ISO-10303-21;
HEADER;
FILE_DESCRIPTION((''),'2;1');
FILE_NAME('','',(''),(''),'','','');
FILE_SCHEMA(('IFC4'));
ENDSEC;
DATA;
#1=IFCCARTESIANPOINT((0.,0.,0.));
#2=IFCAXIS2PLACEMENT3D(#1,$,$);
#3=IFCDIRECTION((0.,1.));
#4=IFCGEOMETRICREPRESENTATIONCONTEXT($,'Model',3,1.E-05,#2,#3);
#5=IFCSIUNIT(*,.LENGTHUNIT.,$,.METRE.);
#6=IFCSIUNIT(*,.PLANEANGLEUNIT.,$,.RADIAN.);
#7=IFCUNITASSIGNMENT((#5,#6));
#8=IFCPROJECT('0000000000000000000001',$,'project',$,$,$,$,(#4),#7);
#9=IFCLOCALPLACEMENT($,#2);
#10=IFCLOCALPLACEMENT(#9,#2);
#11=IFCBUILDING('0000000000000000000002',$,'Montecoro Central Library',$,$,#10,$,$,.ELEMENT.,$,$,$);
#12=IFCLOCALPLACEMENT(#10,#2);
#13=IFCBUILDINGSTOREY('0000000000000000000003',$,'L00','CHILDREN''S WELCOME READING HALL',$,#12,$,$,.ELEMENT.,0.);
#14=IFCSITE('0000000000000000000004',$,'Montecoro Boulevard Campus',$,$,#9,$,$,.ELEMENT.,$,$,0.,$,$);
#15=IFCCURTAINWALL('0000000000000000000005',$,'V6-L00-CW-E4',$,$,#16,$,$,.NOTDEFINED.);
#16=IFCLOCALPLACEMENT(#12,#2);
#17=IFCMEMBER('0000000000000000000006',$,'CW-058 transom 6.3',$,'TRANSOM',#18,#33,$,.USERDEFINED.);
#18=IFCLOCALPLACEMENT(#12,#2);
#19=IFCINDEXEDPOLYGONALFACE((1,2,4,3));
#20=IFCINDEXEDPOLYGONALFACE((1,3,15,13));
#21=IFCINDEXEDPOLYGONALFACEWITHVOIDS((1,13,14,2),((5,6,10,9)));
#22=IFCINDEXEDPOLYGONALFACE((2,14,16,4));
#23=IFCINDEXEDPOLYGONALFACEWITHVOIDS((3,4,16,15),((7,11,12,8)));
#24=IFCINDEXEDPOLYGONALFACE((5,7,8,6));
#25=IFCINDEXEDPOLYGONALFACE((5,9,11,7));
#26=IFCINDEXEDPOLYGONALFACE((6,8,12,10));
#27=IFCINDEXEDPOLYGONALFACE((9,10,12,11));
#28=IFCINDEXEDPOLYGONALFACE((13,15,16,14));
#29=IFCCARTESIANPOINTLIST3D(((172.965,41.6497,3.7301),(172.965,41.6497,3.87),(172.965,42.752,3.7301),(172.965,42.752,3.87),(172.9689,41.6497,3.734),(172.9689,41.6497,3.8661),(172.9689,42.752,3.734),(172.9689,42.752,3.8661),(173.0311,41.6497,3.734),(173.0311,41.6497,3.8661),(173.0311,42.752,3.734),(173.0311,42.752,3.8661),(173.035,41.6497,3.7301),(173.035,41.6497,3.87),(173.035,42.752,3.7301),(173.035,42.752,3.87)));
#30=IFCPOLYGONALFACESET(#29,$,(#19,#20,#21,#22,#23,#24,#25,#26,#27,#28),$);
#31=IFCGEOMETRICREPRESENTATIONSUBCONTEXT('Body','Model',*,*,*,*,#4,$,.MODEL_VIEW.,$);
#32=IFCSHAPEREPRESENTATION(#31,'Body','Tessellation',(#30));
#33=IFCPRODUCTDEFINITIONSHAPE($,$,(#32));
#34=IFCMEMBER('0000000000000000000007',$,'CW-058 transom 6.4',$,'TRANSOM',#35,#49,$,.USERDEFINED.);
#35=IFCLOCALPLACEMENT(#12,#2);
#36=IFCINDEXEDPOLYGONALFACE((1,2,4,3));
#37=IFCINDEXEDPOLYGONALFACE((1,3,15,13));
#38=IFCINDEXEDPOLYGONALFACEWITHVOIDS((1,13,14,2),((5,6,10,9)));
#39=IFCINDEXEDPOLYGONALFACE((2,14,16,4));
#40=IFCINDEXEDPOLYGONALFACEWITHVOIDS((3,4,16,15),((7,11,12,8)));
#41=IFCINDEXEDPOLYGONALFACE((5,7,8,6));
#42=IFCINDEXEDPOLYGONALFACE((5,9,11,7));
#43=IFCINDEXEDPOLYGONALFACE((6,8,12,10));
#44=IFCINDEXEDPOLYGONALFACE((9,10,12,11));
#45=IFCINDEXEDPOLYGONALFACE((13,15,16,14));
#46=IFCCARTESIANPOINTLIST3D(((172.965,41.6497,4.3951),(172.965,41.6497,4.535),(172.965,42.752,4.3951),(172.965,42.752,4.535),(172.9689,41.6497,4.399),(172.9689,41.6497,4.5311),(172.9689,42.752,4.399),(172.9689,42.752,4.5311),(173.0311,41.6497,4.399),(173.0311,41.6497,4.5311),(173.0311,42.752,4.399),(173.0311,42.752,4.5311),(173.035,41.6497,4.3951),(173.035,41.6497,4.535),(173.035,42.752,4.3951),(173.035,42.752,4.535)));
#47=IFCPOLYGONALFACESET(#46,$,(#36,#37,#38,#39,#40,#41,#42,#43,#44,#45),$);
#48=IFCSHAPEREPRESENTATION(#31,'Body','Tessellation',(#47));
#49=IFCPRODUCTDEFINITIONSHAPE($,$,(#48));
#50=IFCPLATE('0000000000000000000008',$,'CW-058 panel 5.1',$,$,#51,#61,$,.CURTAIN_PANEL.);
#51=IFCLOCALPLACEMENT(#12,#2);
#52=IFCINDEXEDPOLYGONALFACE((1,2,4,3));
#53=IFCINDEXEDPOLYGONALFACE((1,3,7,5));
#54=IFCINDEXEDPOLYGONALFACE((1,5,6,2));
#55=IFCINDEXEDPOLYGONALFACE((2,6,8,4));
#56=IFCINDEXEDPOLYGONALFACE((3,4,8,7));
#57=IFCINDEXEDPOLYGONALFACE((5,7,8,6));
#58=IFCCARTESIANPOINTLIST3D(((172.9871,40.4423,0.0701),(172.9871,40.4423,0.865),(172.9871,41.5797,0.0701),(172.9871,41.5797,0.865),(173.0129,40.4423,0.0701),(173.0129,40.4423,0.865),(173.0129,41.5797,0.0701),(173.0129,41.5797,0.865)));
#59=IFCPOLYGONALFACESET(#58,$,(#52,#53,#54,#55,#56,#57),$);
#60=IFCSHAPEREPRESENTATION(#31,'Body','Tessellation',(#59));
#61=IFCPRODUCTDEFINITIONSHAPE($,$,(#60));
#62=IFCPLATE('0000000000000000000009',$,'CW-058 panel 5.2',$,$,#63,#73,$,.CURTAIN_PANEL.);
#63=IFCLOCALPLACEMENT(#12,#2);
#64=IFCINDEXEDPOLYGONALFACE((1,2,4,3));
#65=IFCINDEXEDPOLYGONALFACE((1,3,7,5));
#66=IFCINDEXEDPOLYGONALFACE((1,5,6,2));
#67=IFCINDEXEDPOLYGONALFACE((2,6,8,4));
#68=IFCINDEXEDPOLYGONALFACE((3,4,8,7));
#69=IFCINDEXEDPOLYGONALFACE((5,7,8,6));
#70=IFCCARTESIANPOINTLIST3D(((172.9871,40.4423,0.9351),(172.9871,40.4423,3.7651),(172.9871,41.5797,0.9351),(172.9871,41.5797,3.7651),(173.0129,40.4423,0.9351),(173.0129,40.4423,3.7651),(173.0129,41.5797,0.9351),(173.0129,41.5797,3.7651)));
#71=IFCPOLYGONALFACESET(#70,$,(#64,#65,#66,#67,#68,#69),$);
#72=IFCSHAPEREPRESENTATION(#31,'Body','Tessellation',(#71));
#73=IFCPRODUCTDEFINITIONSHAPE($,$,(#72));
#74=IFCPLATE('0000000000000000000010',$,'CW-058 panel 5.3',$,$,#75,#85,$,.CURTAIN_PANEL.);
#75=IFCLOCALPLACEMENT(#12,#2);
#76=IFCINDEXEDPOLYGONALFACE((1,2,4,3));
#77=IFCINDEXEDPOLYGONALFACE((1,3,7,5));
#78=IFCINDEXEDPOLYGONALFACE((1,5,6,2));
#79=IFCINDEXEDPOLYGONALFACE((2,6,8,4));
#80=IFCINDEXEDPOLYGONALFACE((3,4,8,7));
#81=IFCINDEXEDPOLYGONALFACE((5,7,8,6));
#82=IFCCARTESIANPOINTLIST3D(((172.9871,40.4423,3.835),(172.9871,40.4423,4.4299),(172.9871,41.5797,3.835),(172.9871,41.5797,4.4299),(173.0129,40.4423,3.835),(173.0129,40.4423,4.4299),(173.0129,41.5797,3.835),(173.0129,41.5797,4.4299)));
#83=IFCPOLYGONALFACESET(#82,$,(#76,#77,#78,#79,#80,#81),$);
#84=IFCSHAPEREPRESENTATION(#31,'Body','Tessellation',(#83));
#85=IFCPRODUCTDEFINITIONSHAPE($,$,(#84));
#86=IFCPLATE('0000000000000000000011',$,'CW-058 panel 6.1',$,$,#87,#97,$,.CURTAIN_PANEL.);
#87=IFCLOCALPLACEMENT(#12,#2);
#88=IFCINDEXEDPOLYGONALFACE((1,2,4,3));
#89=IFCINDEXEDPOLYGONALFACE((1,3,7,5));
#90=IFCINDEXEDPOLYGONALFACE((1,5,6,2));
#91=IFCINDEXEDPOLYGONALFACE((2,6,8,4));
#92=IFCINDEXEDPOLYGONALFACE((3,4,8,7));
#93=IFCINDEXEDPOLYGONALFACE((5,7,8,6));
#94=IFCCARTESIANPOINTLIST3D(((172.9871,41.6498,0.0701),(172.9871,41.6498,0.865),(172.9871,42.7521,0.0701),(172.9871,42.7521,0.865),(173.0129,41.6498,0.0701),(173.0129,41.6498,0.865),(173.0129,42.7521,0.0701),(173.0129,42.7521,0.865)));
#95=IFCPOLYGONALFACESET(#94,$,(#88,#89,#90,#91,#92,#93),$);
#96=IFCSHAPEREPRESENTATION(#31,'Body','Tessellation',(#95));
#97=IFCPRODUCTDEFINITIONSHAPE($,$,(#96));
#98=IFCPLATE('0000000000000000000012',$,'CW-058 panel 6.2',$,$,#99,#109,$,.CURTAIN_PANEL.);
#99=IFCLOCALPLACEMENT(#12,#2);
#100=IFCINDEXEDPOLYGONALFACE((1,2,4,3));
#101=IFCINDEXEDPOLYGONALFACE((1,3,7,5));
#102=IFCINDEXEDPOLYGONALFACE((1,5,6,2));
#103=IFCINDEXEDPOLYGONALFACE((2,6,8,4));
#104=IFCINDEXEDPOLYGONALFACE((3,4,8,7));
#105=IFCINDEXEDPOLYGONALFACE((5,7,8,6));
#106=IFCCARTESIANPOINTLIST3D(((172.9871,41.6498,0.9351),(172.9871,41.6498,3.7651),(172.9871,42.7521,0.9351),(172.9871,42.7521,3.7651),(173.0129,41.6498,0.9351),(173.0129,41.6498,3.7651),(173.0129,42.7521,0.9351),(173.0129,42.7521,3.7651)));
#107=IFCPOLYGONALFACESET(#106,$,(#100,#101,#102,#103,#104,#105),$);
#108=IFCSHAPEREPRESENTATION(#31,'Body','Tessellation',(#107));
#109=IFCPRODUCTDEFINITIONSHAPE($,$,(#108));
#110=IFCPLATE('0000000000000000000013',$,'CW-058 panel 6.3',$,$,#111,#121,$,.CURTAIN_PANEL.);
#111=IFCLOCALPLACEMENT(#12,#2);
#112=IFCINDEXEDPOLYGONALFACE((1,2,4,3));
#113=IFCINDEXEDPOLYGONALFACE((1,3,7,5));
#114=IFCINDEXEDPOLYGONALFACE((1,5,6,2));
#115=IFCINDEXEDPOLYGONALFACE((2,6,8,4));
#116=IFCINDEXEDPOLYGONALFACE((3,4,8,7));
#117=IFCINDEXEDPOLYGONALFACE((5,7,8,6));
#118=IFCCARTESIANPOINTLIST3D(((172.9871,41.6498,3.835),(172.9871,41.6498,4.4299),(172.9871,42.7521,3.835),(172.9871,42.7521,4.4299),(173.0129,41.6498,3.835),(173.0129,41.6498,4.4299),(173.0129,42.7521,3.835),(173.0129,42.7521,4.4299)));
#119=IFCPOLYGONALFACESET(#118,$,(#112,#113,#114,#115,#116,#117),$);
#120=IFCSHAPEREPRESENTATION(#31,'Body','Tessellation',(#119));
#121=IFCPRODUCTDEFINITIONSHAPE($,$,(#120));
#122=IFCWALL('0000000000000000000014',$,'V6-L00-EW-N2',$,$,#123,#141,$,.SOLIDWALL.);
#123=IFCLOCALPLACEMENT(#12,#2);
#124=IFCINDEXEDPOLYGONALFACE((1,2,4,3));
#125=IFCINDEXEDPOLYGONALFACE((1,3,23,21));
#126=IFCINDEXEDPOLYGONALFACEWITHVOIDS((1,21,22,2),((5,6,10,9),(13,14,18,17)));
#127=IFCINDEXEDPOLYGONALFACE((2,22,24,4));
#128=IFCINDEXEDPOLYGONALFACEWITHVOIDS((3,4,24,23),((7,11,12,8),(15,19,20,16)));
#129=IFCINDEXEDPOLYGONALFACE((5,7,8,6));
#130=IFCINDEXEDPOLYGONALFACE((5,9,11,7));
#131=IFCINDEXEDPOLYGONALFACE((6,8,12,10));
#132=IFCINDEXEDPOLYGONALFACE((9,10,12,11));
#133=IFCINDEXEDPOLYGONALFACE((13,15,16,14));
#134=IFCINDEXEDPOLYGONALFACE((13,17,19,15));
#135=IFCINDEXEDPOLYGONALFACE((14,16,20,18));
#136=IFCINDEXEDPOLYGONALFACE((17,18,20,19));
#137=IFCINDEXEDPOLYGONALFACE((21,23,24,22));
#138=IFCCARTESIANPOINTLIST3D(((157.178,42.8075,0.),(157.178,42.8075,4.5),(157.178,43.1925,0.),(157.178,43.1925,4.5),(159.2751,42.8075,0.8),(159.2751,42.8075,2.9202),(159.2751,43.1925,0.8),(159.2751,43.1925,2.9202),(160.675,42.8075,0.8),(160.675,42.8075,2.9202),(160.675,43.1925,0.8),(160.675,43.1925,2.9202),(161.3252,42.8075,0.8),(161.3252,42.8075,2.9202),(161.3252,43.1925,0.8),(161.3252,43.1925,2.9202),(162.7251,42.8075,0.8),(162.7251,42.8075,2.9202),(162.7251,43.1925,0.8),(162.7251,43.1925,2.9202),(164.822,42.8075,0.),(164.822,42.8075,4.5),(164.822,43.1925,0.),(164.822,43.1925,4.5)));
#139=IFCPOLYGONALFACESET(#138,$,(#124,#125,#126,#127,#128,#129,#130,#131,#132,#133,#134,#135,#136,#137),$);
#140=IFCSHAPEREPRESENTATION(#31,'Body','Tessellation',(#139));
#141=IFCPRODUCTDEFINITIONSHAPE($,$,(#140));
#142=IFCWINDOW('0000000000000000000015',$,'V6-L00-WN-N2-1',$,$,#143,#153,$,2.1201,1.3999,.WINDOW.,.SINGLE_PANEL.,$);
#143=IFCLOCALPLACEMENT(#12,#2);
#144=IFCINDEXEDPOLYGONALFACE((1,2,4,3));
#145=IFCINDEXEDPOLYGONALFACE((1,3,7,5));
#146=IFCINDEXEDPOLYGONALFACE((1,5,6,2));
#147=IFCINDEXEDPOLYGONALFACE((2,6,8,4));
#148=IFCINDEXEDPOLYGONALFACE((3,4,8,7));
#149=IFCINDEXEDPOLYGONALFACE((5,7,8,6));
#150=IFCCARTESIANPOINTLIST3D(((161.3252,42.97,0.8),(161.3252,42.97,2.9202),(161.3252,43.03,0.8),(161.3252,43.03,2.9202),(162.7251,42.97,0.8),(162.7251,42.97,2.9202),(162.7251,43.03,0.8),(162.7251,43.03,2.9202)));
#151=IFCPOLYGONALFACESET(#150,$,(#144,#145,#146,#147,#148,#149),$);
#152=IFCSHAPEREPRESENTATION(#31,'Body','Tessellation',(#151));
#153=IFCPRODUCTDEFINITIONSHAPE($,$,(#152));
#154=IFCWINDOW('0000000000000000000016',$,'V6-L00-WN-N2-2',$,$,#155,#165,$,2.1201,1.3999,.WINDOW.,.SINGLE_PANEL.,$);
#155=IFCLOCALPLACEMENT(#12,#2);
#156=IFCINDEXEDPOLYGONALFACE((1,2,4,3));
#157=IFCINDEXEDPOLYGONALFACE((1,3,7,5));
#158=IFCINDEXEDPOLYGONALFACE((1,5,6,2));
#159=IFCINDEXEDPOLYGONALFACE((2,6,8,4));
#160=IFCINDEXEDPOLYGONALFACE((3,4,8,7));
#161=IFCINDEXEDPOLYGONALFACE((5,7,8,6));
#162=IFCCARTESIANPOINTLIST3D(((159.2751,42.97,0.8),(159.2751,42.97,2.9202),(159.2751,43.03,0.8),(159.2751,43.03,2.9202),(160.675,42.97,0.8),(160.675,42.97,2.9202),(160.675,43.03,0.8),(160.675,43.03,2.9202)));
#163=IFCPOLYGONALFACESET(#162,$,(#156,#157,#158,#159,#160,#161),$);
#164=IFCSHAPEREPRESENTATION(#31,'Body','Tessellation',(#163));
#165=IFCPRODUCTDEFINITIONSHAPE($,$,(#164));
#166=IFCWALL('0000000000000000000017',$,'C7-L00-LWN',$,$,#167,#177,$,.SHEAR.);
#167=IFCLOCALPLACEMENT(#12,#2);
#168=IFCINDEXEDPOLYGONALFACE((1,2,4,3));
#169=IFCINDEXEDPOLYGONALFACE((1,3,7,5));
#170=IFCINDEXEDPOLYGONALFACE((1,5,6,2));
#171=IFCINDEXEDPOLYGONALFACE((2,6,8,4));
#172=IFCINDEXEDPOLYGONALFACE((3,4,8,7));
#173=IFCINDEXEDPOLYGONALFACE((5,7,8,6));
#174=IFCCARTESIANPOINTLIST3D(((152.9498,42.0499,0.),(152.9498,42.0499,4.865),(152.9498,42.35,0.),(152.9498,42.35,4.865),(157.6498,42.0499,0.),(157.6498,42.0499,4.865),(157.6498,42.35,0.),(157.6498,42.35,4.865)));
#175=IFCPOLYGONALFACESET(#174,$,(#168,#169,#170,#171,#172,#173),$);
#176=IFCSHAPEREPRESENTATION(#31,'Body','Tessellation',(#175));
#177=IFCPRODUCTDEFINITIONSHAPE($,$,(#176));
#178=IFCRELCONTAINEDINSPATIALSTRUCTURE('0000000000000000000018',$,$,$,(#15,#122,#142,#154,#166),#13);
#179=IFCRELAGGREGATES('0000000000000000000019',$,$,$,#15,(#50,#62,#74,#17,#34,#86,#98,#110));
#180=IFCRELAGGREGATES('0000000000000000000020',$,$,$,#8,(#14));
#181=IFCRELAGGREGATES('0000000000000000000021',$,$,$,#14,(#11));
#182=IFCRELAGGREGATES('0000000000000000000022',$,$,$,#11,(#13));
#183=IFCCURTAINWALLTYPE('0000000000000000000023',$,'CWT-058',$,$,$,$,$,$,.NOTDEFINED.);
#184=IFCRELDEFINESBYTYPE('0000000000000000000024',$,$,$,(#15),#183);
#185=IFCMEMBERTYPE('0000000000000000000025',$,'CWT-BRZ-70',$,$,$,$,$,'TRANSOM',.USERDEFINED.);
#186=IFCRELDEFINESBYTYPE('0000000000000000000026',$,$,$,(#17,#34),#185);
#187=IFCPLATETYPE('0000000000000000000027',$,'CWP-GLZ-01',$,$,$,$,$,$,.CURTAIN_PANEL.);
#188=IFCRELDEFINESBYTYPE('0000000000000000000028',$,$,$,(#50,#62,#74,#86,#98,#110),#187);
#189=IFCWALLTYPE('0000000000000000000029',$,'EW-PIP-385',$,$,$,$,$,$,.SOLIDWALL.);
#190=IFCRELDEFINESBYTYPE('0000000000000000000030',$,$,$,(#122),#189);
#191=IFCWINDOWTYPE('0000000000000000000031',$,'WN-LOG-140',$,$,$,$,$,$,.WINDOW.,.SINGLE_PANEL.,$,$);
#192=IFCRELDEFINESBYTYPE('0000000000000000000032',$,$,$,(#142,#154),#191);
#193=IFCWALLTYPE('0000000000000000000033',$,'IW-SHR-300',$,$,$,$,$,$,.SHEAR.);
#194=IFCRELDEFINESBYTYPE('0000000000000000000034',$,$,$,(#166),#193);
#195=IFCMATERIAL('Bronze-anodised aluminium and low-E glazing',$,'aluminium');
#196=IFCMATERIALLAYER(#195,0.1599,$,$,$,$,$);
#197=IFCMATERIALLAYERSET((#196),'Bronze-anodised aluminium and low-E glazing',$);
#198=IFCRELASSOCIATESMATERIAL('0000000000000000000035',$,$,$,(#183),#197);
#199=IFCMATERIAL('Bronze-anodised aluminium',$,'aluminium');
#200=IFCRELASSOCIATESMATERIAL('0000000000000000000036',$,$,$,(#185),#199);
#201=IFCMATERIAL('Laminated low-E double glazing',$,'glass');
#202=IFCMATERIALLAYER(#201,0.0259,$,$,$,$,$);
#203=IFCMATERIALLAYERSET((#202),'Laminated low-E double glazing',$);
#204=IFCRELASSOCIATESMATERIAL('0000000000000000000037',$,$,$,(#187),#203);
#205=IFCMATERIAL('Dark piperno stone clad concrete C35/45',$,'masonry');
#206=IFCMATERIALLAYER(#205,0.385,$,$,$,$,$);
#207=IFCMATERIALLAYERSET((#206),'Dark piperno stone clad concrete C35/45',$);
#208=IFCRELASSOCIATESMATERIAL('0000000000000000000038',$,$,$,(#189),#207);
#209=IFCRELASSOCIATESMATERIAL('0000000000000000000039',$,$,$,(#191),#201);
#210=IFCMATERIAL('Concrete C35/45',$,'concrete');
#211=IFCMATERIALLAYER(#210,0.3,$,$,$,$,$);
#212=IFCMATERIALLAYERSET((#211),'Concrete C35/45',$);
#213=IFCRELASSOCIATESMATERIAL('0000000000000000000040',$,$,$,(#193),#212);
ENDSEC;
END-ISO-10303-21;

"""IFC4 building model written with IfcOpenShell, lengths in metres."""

from ifc_helpers import new_model, si_unit, direction, frame, frame_2d, origin, origin_2d, place, context, subcontext, project, spatial, rectangle, hollow_rectangle, extrude, material, layer, layer_set, material_profile, profile_set, type_object, element, fill, aggregate, save


model = new_model("IFC4")

# Units and contexts
model_context = context("Model", 3, precision=1e-05, world=origin(), true_north=direction((0.0, 1.0)))
body_context = subcontext(model_context, "Body", "Model", "MODEL_VIEW")
ifc_project = project(units=[si_unit("LENGTHUNIT", "METRE"), si_unit("PLANEANGLEUNIT", "RADIAN")], contexts=[model_context])

# Site, building, storey
site_placement = place(None, origin())
site = spatial("IfcSite", under=ifc_project, at=site_placement, Name="Montecoro Boulevard Campus", CompositionType="ELEMENT", RefElevation=0.0)
building_placement = place(site_placement, origin())
building = spatial("IfcBuilding", under=site, at=building_placement, Name="Montecoro Central Library", CompositionType="ELEMENT")
storey_placement = place(building_placement, origin())
storey = spatial("IfcBuildingStorey", under=building, at=storey_placement, Name="L00", Description="CHILDREN'S WELCOME READING HALL", CompositionType="ELEMENT", Elevation=0.0)

# Curtain wall, members, plates
ifc_material_1 = material(Name="Bronze-anodised aluminium and low-E glazing", Category="aluminium")
ifc_layer_1 = layer(ifc_material_1, 0.1599)
ifc_layer_set_1 = layer_set([ifc_layer_1], Name="Bronze-anodised aluminium and low-E glazing")
curtain_wall_type = type_object("IfcCurtainWallType", Name="CWT-058", PredefinedType="NOTDEFINED", material=ifc_layer_set_1)
curtain_wall_placement = place(storey_placement, origin())
curtain_wall = element("IfcCurtainWall", 1, at=curtain_wall_placement, inside=storey, type_object=curtain_wall_type, Name="V6-L00-CW-E4", PredefinedType="NOTDEFINED")
ifc_material_2 = material(Name="Bronze-anodised aluminium", Category="aluminium")
ifc_material_profile_1 = material_profile(ifc_material_2, hollow_rectangle(XDim=0.0701, YDim=0.1399, WallThickness=0.0039, at=origin_2d()), Name="CWT 140x70x4.0")
ifc_profile_set_1 = profile_set([ifc_material_profile_1], Name="Bronze-anodised aluminium")
member_type_1 = type_object("IfcMemberType", Name="CWT-BRZ-70", ElementType="TRANSOM", PredefinedType="USERDEFINED", material=ifc_profile_set_1)
member_1_placement = place(storey_placement, frame((173.0, 41.6497, 3.8), z_axis=(0.0, 1.0, 0.0), x_axis=(-1.0, 0.0, 0.0)))
member_1 = element("IfcMember", 2, at=member_1_placement, type_object=member_type_1, Name="CW-058 transom 6.3", ObjectType="TRANSOM", PredefinedType="USERDEFINED", context=body_context, shape_type="SweptSolid", body=[
    extrude(hollow_rectangle(XDim=0.0701, YDim=0.1399, WallThickness=0.0039, at=origin_2d()), origin(), (0.0, 0.0, 1.0), 1.1023),
])
member_2_placement = place(storey_placement, frame((173.0, 41.6497, 4.4651), z_axis=(0.0, 1.0, 0.0), x_axis=(-1.0, 0.0, 0.0)))
member_2 = element("IfcMember", 3, at=member_2_placement, type_object=member_type_1, Name="CW-058 transom 6.4", ObjectType="TRANSOM", PredefinedType="USERDEFINED", context=body_context, shape_type="SweptSolid", body=[
    extrude(hollow_rectangle(XDim=0.0701, YDim=0.1399, WallThickness=0.0039, at=origin_2d()), origin(), (0.0, 0.0, 1.0), 1.1023),
])
ifc_material_3 = material(Name="Laminated low-E double glazing", Category="glass")
ifc_layer_2 = layer(ifc_material_3, 0.0259)
ifc_layer_set_2 = layer_set([ifc_layer_2], Name="Laminated low-E double glazing")
plate_type = type_object("IfcPlateType", Name="CWP-GLZ-01", PredefinedType="CURTAIN_PANEL", material=ifc_layer_set_2)
plate_1_placement = place(storey_placement, frame((173.0, 41.011, 0.0701), z_axis=(0.0, 0.0, 1.0), x_axis=(0.0, 1.0, 0.0)))
plate_1 = element("IfcPlate", 4, at=plate_1_placement, type_object=plate_type, Name="CW-058 panel 5.1", PredefinedType="CURTAIN_PANEL", context=body_context, shape_type="SweptSolid", body=[
    extrude(rectangle(XDim=1.1375, YDim=0.0259, at=origin_2d()), origin(), (0.0, 0.0, 1.0), 0.7949),
])
plate_2_placement = place(storey_placement, frame((173.0, 41.011, 0.9351), z_axis=(0.0, 0.0, 1.0), x_axis=(0.0, 1.0, 0.0)))
plate_2 = element("IfcPlate", 5, at=plate_2_placement, type_object=plate_type, Name="CW-058 panel 5.2", PredefinedType="CURTAIN_PANEL", context=body_context, shape_type="SweptSolid", body=[
    extrude(rectangle(XDim=1.1375, YDim=0.0259, at=origin_2d()), origin(), (0.0, 0.0, 1.0), 2.8301),
])
plate_3_placement = place(storey_placement, frame((173.0, 41.011, 3.835), z_axis=(0.0, 0.0, 1.0), x_axis=(0.0, 1.0, 0.0)))
plate_3 = element("IfcPlate", 6, at=plate_3_placement, type_object=plate_type, Name="CW-058 panel 5.3", PredefinedType="CURTAIN_PANEL", context=body_context, shape_type="SweptSolid", body=[
    extrude(rectangle(XDim=1.1375, YDim=0.0259, at=origin_2d()), origin(), (0.0, 0.0, 1.0), 0.595),
])
plate_4_placement = place(storey_placement, frame((173.0, 42.2009, 0.0701), z_axis=(0.0, 0.0, 1.0), x_axis=(0.0, 1.0, 0.0)))
plate_4 = element("IfcPlate", 7, at=plate_4_placement, type_object=plate_type, Name="CW-058 panel 6.1", PredefinedType="CURTAIN_PANEL", context=body_context, shape_type="SweptSolid", body=[
    extrude(rectangle(XDim=1.1023, YDim=0.0259, at=origin_2d()), origin(), (0.0, 0.0, 1.0), 0.7949),
])
plate_5_placement = place(storey_placement, frame((173.0, 42.2009, 0.9351), z_axis=(0.0, 0.0, 1.0), x_axis=(0.0, 1.0, 0.0)))
plate_5 = element("IfcPlate", 8, at=plate_5_placement, type_object=plate_type, Name="CW-058 panel 6.2", PredefinedType="CURTAIN_PANEL", context=body_context, shape_type="SweptSolid", body=[
    extrude(rectangle(XDim=1.1023, YDim=0.0259, at=origin_2d()), origin(), (0.0, 0.0, 1.0), 2.8301),
])
plate_6_placement = place(storey_placement, frame((173.0, 42.2009, 3.835), z_axis=(0.0, 0.0, 1.0), x_axis=(0.0, 1.0, 0.0)))
plate_6 = element("IfcPlate", 9, at=plate_6_placement, type_object=plate_type, Name="CW-058 panel 6.3", PredefinedType="CURTAIN_PANEL", context=body_context, shape_type="SweptSolid", body=[
    extrude(rectangle(XDim=1.1023, YDim=0.0259, at=origin_2d()), origin(), (0.0, 0.0, 1.0), 0.595),
])
aggregate(curtain_wall, [plate_1, plate_2, plate_3, member_1, member_2, plate_4, plate_5, plate_6])

# Wall, openings, windows
ifc_material_4 = material(Name="Dark piperno stone clad concrete C35/45", Category="masonry")
ifc_layer_3 = layer(ifc_material_4, 0.385)
ifc_layer_set_3 = layer_set([ifc_layer_3], Name="Dark piperno stone clad concrete C35/45")
wall_type_1 = type_object("IfcWallType", Name="EW-PIP-385", PredefinedType="SOLIDWALL", material=ifc_layer_set_3)
wall_1_placement = place(storey_placement, frame((164.822, 43.0, 0.0), z_axis=(0.0, 0.0, 1.0), x_axis=(-1.0, 0.0, 0.0)))
wall_1 = element("IfcWall", 10, at=wall_1_placement, inside=storey, type_object=wall_type_1, Name="V6-L00-EW-N2", PredefinedType="SOLIDWALL", context=body_context, shape_type="SweptSolid", body=[
    extrude(rectangle(XDim=7.644, YDim=0.385, at=frame_2d((3.822, 0.0))), origin(), (0.0, 0.0, 1.0), 4.5),
])
opening_1_placement = place(wall_1_placement, frame((2.0969, 0.0, 0.8)))
opening_1 = element("IfcOpeningElement", 11, at=opening_1_placement, cuts=wall_1, PredefinedType="OPENING", context=body_context, shape_type="SweptSolid", body=[
    extrude(rectangle(XDim=1.3999, YDim=2.1201, at=frame_2d((0.7, 1.0601))), frame((0.0, 0.2024, 0.0), z_axis=(0.0, -1.0, 0.0), x_axis=(1.0, 0.0, 0.0)), (0.0, 0.0, 1.0), 0.405),
])
opening_2_placement = place(wall_1_placement, frame((4.147, 0.0, 0.8)))
opening_2 = element("IfcOpeningElement", 12, at=opening_2_placement, cuts=wall_1, PredefinedType="OPENING", context=body_context, shape_type="SweptSolid", body=[
    extrude(rectangle(XDim=1.3999, YDim=2.1201, at=frame_2d((0.7, 1.0601))), frame((0.0, 0.2024, 0.0), z_axis=(0.0, -1.0, 0.0), x_axis=(1.0, 0.0, 0.0)), (0.0, 0.0, 1.0), 0.405),
])
window_type = type_object("IfcWindowType", Name="WN-LOG-140", PartitioningType="SINGLE_PANEL", PredefinedType="WINDOW", material=ifc_material_3)
window_1_placement = place(opening_1_placement, origin())
window_1 = element("IfcWindow", 13, at=window_1_placement, inside=storey, type_object=window_type, Name="V6-L00-WN-N2-1", OverallHeight=2.1201, OverallWidth=1.3999, PartitioningType="SINGLE_PANEL", PredefinedType="WINDOW", context=body_context, shape_type="SweptSolid", body=[
    extrude(rectangle(XDim=1.3999, YDim=2.1201, at=frame_2d((0.7, 1.0601))), frame((0.0, 0.03, 0.0), z_axis=(0.0, -1.0, 0.0), x_axis=(1.0, 0.0, 0.0)), (0.0, 0.0, 1.0), 0.0601),
])
fill(opening_1, window_1)
window_2_placement = place(opening_2_placement, origin())
window_2 = element("IfcWindow", 14, at=window_2_placement, inside=storey, type_object=window_type, Name="V6-L00-WN-N2-2", OverallHeight=2.1201, OverallWidth=1.3999, PartitioningType="SINGLE_PANEL", PredefinedType="WINDOW", context=body_context, shape_type="SweptSolid", body=[
    extrude(rectangle(XDim=1.3999, YDim=2.1201, at=frame_2d((0.7, 1.0601))), frame((0.0, 0.03, 0.0), z_axis=(0.0, -1.0, 0.0), x_axis=(1.0, 0.0, 0.0)), (0.0, 0.0, 1.0), 0.0601),
])
fill(opening_2, window_2)

# Wall
ifc_material_5 = material(Name="Concrete C35/45", Category="concrete")
ifc_layer_4 = layer(ifc_material_5, 0.3)
ifc_layer_set_4 = layer_set([ifc_layer_4], Name="Concrete C35/45")
wall_type_2 = type_object("IfcWallType", Name="IW-SHR-300", PredefinedType="SHEAR", material=ifc_layer_set_4)
wall_2_placement = place(storey_placement, frame((157.6499, 42.2, 0.0), z_axis=(0.0, 0.0, 1.0), x_axis=(-1.0, 0.0, 0.0)))
element("IfcWall", 15, at=wall_2_placement, inside=storey, type_object=wall_type_2, Name="C7-L00-LWN", PredefinedType="SHEAR", context=body_context, shape_type="SweptSolid", body=[
    extrude(rectangle(XDim=4.7, YDim=0.3, at=frame_2d((2.3501, 0.0))), origin(), (0.0, 0.0, 1.0), 4.865),
])

save(model, "model.ifc")
